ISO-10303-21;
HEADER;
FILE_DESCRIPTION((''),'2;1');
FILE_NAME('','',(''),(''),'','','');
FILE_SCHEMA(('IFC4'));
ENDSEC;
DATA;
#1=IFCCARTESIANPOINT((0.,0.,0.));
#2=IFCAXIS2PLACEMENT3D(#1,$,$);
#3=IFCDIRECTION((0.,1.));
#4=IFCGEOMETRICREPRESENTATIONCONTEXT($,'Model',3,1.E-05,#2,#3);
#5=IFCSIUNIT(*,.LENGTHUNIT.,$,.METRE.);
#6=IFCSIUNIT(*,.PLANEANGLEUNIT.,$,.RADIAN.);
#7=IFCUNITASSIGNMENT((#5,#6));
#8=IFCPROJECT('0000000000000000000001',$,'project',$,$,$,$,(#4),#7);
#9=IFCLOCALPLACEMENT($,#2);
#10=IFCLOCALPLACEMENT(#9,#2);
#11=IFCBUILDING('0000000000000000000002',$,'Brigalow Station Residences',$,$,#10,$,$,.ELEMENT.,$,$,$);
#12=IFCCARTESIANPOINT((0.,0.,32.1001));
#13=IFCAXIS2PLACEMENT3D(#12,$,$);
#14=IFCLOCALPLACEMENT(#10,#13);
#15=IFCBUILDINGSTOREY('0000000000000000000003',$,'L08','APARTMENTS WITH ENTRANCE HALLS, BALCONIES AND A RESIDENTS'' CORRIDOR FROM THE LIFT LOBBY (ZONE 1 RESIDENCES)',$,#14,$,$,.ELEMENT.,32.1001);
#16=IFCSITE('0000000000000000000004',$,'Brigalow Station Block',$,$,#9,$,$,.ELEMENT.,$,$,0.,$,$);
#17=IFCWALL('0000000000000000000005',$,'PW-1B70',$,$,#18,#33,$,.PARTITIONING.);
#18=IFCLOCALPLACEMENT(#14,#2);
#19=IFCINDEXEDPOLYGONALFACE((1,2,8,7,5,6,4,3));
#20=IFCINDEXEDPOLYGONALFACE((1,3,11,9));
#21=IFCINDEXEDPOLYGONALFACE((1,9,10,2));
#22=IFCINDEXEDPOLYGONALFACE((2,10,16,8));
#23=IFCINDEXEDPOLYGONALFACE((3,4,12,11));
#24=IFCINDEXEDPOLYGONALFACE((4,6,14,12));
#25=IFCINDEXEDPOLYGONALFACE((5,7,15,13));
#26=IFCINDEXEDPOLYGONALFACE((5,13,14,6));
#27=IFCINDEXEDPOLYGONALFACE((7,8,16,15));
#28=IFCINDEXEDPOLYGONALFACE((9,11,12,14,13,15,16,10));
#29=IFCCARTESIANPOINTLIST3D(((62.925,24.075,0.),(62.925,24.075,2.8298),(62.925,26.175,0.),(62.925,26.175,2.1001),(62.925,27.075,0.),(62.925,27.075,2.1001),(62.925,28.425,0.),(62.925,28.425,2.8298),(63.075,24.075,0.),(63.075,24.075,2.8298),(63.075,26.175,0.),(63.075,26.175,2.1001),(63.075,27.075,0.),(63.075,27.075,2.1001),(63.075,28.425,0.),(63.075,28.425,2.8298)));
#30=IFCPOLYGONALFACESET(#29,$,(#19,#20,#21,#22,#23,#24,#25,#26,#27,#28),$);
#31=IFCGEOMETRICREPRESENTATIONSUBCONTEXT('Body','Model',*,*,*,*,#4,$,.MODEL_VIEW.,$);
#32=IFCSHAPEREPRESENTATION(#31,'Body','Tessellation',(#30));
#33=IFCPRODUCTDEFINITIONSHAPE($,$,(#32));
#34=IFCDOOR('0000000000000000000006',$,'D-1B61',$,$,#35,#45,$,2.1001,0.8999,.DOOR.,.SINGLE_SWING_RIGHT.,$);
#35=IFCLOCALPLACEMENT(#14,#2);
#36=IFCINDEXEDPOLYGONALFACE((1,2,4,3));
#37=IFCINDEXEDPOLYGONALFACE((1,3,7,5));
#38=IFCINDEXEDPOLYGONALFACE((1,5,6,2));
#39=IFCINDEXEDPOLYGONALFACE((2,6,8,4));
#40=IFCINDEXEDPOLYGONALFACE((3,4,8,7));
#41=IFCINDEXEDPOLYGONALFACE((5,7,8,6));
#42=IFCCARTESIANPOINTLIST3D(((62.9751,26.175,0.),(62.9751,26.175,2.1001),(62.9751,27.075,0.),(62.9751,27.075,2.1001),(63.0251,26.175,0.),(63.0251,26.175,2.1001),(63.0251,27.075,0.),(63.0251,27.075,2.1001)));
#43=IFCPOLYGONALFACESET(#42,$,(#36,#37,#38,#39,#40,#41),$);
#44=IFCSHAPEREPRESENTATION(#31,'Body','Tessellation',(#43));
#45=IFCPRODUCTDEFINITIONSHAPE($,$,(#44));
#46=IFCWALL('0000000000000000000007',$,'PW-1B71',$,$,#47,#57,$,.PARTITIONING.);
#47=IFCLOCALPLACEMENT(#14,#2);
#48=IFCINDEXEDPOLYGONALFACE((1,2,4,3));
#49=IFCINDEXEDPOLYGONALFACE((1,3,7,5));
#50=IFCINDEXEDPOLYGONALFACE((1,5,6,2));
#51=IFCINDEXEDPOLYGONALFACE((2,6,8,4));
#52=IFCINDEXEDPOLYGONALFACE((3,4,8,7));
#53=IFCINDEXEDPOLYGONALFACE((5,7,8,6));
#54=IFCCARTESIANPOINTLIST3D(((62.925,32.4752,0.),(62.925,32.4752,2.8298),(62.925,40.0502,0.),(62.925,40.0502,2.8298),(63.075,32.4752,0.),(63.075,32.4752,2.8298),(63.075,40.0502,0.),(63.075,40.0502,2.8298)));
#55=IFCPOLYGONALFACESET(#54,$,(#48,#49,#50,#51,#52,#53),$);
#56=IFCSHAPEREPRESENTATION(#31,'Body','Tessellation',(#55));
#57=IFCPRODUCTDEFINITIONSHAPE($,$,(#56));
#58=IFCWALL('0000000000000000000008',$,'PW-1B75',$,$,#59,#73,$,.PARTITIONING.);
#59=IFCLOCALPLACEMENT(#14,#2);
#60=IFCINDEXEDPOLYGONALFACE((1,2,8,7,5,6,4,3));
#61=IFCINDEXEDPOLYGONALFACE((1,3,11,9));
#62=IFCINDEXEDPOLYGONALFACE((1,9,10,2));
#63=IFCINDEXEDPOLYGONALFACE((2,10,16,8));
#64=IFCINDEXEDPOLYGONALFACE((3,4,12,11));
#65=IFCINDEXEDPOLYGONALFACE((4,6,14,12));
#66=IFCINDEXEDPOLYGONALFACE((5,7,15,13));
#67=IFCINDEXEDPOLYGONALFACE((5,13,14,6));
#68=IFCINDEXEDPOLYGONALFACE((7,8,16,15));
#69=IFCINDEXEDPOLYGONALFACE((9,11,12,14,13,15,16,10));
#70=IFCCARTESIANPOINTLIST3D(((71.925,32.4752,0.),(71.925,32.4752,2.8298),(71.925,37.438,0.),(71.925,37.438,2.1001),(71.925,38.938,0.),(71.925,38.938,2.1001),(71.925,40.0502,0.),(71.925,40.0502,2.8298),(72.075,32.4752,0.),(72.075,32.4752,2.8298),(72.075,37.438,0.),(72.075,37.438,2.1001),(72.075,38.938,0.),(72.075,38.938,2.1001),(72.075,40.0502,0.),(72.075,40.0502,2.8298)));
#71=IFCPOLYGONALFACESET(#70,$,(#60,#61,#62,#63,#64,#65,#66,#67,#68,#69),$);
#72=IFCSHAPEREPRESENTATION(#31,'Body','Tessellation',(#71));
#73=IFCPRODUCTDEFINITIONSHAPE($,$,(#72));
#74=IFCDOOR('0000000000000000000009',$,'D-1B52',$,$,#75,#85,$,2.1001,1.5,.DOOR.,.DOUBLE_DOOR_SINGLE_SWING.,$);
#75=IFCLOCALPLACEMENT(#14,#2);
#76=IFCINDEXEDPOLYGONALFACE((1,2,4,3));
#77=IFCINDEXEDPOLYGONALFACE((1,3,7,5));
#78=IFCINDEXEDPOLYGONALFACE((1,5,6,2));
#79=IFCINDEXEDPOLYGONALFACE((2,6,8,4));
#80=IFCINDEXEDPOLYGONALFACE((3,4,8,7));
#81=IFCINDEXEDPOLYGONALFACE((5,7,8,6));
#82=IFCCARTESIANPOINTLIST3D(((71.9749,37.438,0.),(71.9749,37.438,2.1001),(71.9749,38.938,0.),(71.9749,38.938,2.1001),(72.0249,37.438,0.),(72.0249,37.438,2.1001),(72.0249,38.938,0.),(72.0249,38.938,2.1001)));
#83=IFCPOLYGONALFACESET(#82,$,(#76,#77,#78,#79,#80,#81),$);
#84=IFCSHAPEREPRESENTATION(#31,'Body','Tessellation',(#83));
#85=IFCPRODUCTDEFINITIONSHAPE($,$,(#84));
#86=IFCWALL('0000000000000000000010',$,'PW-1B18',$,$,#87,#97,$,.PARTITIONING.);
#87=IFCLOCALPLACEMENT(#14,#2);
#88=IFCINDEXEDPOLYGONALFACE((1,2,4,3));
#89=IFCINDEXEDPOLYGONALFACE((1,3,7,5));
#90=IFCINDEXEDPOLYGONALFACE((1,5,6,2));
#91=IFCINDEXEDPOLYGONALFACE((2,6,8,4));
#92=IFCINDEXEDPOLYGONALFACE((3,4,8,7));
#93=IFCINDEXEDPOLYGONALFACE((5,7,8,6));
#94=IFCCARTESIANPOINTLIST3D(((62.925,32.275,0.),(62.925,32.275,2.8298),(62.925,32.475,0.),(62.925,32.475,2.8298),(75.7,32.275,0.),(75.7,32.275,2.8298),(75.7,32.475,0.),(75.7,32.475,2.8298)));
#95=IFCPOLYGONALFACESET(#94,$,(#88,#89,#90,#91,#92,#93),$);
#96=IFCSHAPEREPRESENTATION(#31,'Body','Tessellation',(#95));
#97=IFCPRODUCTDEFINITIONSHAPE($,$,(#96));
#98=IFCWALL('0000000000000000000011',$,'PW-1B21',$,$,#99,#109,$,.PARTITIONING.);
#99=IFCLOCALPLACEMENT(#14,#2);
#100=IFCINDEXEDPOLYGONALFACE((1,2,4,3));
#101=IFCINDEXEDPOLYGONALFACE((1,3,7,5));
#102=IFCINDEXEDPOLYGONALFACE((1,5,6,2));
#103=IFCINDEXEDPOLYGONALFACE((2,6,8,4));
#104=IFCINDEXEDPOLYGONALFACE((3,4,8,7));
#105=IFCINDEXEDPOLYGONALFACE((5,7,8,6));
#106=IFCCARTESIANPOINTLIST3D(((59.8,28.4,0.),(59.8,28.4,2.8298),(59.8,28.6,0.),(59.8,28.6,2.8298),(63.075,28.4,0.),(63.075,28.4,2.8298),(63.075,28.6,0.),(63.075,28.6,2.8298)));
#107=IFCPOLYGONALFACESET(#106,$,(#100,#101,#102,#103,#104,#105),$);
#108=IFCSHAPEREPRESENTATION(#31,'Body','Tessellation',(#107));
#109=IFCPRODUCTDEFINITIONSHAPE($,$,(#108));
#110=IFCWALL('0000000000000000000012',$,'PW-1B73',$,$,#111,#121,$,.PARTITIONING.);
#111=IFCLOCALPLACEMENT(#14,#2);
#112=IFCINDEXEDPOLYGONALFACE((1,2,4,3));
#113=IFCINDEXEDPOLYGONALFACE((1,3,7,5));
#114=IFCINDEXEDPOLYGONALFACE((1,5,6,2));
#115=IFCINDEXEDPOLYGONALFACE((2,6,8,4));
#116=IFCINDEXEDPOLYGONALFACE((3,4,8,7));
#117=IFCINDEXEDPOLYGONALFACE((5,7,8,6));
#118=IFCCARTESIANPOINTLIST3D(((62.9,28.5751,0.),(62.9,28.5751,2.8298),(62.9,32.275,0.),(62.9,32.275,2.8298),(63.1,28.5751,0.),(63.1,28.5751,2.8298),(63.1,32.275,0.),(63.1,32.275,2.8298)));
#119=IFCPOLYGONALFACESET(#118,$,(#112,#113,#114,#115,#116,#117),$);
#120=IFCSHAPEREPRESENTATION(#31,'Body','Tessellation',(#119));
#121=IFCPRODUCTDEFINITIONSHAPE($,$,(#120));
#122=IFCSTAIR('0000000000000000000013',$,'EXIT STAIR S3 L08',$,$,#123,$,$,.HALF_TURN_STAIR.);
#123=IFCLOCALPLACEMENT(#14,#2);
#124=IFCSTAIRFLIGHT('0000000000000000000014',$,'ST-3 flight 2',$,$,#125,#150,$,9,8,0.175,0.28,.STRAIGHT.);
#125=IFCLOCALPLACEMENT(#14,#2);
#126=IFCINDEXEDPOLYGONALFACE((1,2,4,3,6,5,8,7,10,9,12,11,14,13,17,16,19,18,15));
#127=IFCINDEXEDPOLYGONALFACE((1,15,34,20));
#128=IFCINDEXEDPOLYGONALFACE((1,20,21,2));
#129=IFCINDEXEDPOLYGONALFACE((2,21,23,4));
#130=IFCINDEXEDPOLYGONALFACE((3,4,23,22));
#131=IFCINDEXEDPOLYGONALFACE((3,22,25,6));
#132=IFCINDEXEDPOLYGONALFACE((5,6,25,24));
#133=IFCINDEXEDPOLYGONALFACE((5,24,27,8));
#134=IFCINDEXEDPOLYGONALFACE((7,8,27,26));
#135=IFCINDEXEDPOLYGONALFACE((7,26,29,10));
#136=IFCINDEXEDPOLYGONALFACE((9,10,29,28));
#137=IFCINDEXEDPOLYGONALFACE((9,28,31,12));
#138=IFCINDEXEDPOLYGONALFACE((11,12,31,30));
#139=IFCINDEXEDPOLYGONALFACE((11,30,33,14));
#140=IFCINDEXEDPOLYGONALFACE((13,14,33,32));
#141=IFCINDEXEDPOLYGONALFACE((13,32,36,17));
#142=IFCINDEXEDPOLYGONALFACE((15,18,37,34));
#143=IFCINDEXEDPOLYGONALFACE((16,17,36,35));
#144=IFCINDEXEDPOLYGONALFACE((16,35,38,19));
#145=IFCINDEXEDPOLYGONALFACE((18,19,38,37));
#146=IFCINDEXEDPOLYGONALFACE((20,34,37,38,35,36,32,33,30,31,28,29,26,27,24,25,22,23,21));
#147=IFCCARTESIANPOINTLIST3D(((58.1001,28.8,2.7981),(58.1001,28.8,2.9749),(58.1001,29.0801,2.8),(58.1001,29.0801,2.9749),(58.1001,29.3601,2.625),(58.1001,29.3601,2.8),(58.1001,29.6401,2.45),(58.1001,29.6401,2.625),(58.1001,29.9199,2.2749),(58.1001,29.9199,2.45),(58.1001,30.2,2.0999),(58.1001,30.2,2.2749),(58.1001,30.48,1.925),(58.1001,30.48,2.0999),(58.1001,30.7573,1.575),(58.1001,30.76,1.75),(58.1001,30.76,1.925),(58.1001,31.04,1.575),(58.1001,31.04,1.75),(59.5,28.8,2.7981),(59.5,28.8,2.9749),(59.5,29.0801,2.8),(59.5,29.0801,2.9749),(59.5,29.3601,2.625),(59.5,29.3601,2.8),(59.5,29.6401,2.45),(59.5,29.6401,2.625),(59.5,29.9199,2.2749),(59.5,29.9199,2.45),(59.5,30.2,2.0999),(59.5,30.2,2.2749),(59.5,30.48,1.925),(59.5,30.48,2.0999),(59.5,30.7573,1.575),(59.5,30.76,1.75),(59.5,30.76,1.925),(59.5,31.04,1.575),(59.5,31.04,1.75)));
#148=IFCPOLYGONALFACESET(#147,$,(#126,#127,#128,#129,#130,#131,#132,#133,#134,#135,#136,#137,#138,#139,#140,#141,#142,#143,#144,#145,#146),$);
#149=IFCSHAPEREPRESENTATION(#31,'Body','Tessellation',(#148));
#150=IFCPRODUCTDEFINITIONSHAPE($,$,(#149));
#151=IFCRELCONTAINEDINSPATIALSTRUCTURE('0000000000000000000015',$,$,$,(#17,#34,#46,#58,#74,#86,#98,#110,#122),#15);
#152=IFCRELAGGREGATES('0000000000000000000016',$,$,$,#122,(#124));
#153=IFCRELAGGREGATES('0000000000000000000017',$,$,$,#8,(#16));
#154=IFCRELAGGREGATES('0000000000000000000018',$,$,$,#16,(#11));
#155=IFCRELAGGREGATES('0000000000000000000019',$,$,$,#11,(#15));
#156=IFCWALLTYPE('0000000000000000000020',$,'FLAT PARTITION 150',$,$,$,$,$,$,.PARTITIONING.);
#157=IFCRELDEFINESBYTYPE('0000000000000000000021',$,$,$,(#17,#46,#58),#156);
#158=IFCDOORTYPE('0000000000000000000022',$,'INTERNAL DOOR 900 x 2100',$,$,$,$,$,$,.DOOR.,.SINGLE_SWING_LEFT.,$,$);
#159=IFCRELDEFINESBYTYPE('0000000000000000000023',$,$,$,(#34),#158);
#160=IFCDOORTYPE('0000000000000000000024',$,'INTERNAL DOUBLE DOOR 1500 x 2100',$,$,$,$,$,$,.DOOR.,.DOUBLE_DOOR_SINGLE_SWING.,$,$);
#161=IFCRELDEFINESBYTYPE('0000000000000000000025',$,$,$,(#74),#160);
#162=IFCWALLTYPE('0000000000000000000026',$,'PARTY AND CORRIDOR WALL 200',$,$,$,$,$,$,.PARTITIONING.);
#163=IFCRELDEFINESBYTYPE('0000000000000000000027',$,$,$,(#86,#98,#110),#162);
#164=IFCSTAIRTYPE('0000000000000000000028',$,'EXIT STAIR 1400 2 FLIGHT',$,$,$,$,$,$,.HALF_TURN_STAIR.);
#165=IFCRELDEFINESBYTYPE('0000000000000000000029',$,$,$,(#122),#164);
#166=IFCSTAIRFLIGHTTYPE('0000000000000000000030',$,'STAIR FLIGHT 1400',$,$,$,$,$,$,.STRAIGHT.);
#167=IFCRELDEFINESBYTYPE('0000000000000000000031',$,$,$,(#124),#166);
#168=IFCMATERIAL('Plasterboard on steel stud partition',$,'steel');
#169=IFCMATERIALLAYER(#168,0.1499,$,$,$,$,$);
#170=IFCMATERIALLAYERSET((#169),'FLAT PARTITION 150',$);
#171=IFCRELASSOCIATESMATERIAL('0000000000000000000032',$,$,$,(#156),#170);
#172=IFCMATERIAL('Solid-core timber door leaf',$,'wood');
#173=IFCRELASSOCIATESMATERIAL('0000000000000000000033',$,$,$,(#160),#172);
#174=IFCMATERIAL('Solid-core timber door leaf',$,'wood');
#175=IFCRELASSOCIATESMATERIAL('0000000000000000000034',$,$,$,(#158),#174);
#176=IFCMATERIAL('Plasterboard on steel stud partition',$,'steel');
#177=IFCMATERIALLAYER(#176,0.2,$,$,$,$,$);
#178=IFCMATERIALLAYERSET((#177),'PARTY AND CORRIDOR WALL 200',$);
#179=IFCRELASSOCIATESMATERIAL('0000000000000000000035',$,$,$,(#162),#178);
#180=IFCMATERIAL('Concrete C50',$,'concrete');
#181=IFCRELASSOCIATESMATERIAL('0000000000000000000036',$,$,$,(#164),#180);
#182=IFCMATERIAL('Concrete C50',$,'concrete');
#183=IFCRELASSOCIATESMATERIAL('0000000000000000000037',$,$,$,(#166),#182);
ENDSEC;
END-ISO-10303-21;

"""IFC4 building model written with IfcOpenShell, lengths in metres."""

from ifc_helpers import new_model, si_unit, direction, frame, frame_2d, origin, place, context, subcontext, project, spatial, polyline, rectangle, outline, extrude, material, layer, layer_set, type_object, element, fill, aggregate, save


model = new_model("IFC4")

# Units and contexts
model_context = context("Model", 3, precision=1e-05, world=origin(), true_north=direction((0.0, 1.0)))
body_context = subcontext(model_context, "Body", "Model", "MODEL_VIEW")
ifc_project = project(units=[si_unit("LENGTHUNIT", "METRE"), si_unit("PLANEANGLEUNIT", "RADIAN")], contexts=[model_context])

# Site, building, storey
site_placement = place(None, origin())
site = spatial("IfcSite", under=ifc_project, at=site_placement, Name="Brigalow Station Block", CompositionType="ELEMENT", RefElevation=0.0)
building_placement = place(site_placement, origin())
building = spatial("IfcBuilding", under=site, at=building_placement, Name="Brigalow Station Residences", CompositionType="ELEMENT")
storey_placement = place(building_placement, frame((0.0, 0.0, 32.1001)))
storey = spatial("IfcBuildingStorey", under=building, at=storey_placement, Name="L08", Description="APARTMENTS WITH ENTRANCE HALLS, BALCONIES AND A RESIDENTS' CORRIDOR FROM THE LIFT LOBBY (ZONE 1 RESIDENCES)", CompositionType="ELEMENT", Elevation=32.1001)

# Wall, opening, door
ifc_material_1 = material(Name="Plasterboard on steel stud partition", Category="steel")
ifc_layer_1 = layer(ifc_material_1, 0.1499)
ifc_layer_set_1 = layer_set([ifc_layer_1], Name="FLAT PARTITION 150")
wall_type_1 = type_object("IfcWallType", Name="FLAT PARTITION 150", PredefinedType="PARTITIONING", material=ifc_layer_set_1)
ifc_material_2 = material(Name="Solid-core timber door leaf", Category="wood")
door_type_1 = type_object("IfcDoorType", Name="INTERNAL DOUBLE DOOR 1500 x 2100", OperationType="DOUBLE_DOOR_SINGLE_SWING", PredefinedType="DOOR", material=ifc_material_2)
ifc_material_3 = material(Name="Solid-core timber door leaf", Category="wood")
door_type_2 = type_object("IfcDoorType", Name="INTERNAL DOOR 900 x 2100", OperationType="SINGLE_SWING_LEFT", PredefinedType="DOOR", material=ifc_material_3)
wall_1_placement = place(storey_placement, frame((63.0, 24.075, 0.0), z_axis=(0.0, 0.0, 1.0), x_axis=(0.0, 1.0, 0.0)))
wall_1 = element("IfcWall", 1, at=wall_1_placement, inside=storey, type_object=wall_type_1, Name="PW-1B70", PredefinedType="PARTITIONING", context=body_context, shape_type="SweptSolid", body=[
    extrude(rectangle(XDim=4.3501, YDim=0.1499, at=frame_2d((2.175, 0.0))), origin(), (0.0, 0.0, 1.0), 2.8298),
])
opening_1_placement = place(wall_1_placement, frame((2.1001, 0.0, 0.0)))
opening_1 = element("IfcOpeningElement", 2, at=opening_1_placement, cuts=wall_1, PredefinedType="OPENING", context=body_context, shape_type="SweptSolid", body=[
    extrude(rectangle(XDim=0.8999, YDim=2.1001, at=frame_2d((0.45, 1.05))), frame((0.0, 0.085, 0.0), z_axis=(0.0, -1.0, 0.0), x_axis=(1.0, 0.0, 0.0)), (0.0, 0.0, 1.0), 0.1699),
])
door_1_placement = place(opening_1_placement, origin())
door_1 = element("IfcDoor", 3, at=door_1_placement, inside=storey, type_object=door_type_2, Name="D-1B61", OperationType="SINGLE_SWING_RIGHT", OverallHeight=2.1001, OverallWidth=0.8999, PredefinedType="DOOR", context=body_context, shape_type="SweptSolid", body=[
    extrude(rectangle(XDim=0.8999, YDim=2.1001, at=frame_2d((0.45, 1.05))), frame((0.0, 0.0249, 0.0), z_axis=(0.0, -1.0, 0.0), x_axis=(1.0, 0.0, 0.0)), (0.0, 0.0, 1.0), 0.05),
])
fill(opening_1, door_1)

# Wall
wall_2_placement = place(storey_placement, frame((63.0, 32.4751, 0.0), z_axis=(0.0, 0.0, 1.0), x_axis=(0.0, 1.0, 0.0)))
element("IfcWall", 4, at=wall_2_placement, inside=storey, type_object=wall_type_1, Name="PW-1B71", PredefinedType="PARTITIONING", context=body_context, shape_type="SweptSolid", body=[
    extrude(rectangle(XDim=7.575, YDim=0.1499, at=frame_2d((3.7876, 0.0))), origin(), (0.0, 0.0, 1.0), 2.8298),
])

# Wall, opening, door
wall_3_placement = place(storey_placement, frame((72.0, 32.4751, 0.0), z_axis=(0.0, 0.0, 1.0), x_axis=(0.0, 1.0, 0.0)))
wall_3 = element("IfcWall", 5, at=wall_3_placement, inside=storey, type_object=wall_type_1, Name="PW-1B75", PredefinedType="PARTITIONING", context=body_context, shape_type="SweptSolid", body=[
    extrude(rectangle(XDim=7.575, YDim=0.1499, at=frame_2d((3.7876, 0.0))), origin(), (0.0, 0.0, 1.0), 2.8298),
])
opening_2_placement = place(wall_3_placement, frame((4.9629, 0.0, 0.0)))
opening_2 = element("IfcOpeningElement", 6, at=opening_2_placement, cuts=wall_3, PredefinedType="OPENING", context=body_context, shape_type="SweptSolid", body=[
    extrude(rectangle(XDim=1.5, YDim=2.1001, at=frame_2d((0.75, 1.05))), frame((0.0, 0.085, 0.0), z_axis=(0.0, -1.0, 0.0), x_axis=(1.0, 0.0, 0.0)), (0.0, 0.0, 1.0), 0.1699),
])
door_2_placement = place(opening_2_placement, frame((1.5, 0.0, 0.0), z_axis=(0.0, 0.0, 1.0), x_axis=(-1.0, 0.0, 0.0)))
door_2 = element("IfcDoor", 7, at=door_2_placement, inside=storey, type_object=door_type_1, Name="D-1B52", OperationType="DOUBLE_DOOR_SINGLE_SWING", OverallHeight=2.1001, OverallWidth=1.5, PredefinedType="DOOR", context=body_context, shape_type="SweptSolid", body=[
    extrude(rectangle(XDim=1.5, YDim=2.1001, at=frame_2d((0.75, 1.05))), frame((0.0, 0.0249, 0.0), z_axis=(0.0, -1.0, 0.0), x_axis=(1.0, 0.0, 0.0)), (0.0, 0.0, 1.0), 0.05),
])
fill(opening_2, door_2)

# Walls
ifc_material_4 = material(Name="Plasterboard on steel stud partition", Category="steel")
ifc_layer_2 = layer(ifc_material_4, 0.2)
ifc_layer_set_2 = layer_set([ifc_layer_2], Name="PARTY AND CORRIDOR WALL 200")
wall_type_2 = type_object("IfcWallType", Name="PARTY AND CORRIDOR WALL 200", PredefinedType="PARTITIONING", material=ifc_layer_set_2)
wall_4_placement = place(storey_placement, frame((62.925, 32.375, 0.0), z_axis=(0.0, 0.0, 1.0), x_axis=(1.0, 0.0, 0.0)))
element("IfcWall", 8, at=wall_4_placement, inside=storey, type_object=wall_type_2, Name="PW-1B18", PredefinedType="PARTITIONING", context=body_context, shape_type="SweptSolid", body=[
    extrude(rectangle(XDim=12.7749, YDim=0.2, at=frame_2d((6.3875, 0.0))), origin(), (0.0, 0.0, 1.0), 2.8298),
])
wall_5_placement = place(storey_placement, frame((59.8, 28.5, 0.0), z_axis=(0.0, 0.0, 1.0), x_axis=(1.0, 0.0, 0.0)))
element("IfcWall", 9, at=wall_5_placement, inside=storey, type_object=wall_type_2, Name="PW-1B21", PredefinedType="PARTITIONING", context=body_context, shape_type="SweptSolid", body=[
    extrude(rectangle(XDim=3.2749, YDim=0.2, at=frame_2d((1.6375, 0.0))), origin(), (0.0, 0.0, 1.0), 2.8298),
])
wall_6_placement = place(storey_placement, frame((63.0, 28.575, 0.0), z_axis=(0.0, 0.0, 1.0), x_axis=(0.0, 1.0, 0.0)))
element("IfcWall", 10, at=wall_6_placement, inside=storey, type_object=wall_type_2, Name="PW-1B73", PredefinedType="PARTITIONING", context=body_context, shape_type="SweptSolid", body=[
    extrude(rectangle(XDim=3.7, YDim=0.2, at=frame_2d((1.8501, 0.0))), origin(), (0.0, 0.0, 1.0), 2.8298),
])

# Stair, stair flight
ifc_material_5 = material(Name="Concrete C50", Category="concrete")
stair_type = type_object("IfcStairType", Name="EXIT STAIR 1400 2 FLIGHT", PredefinedType="HALF_TURN_STAIR", material=ifc_material_5)
stair_placement = place(storey_placement, origin())
stair = element("IfcStair", 11, at=stair_placement, inside=storey, type_object=stair_type, Name="EXIT STAIR S3 L08", PredefinedType="HALF_TURN_STAIR")
ifc_material_6 = material(Name="Concrete C50", Category="concrete")
stair_flight_type = type_object("IfcStairFlightType", Name="STAIR FLIGHT 1400", PredefinedType="STRAIGHT", material=ifc_material_6)
stair_flight_placement = place(storey_placement, frame((58.8, 31.04, 1.575), z_axis=(0.0, 0.0, 1.0), x_axis=(0.0, -1.0, 0.0)))
stair_flight = element("IfcStairFlight", 12, at=stair_flight_placement, type_object=stair_flight_type, Name="ST-3 flight 2", NumberOfRisers=9, NumberOfTreads=8, PredefinedType="STRAIGHT", RiserHeight=0.175, TreadLength=0.28, context=body_context, shape_type="SweptSolid", body=[
    extrude(outline(polyline([(0.0, 0.0), (0.0, 0.175), (0.28, 0.175), (0.28, 0.3501), (0.5601, 0.3501), (0.5601, 0.5249), (0.8401, 0.5249), (0.8401, 0.7), (1.1201, 0.7), (1.1201, 0.875), (1.3999, 0.875), (1.3999, 1.05), (1.6799, 1.05), (1.6799, 1.2251), (1.96, 1.2251), (1.96, 1.3999), (2.24, 1.3999), (2.24, 1.575), (2.24, 1.2231), (0.2827, 0.0), (0.0, 0.0)])), frame((0.0, 0.7, 0.0), z_axis=(0.0, -1.0, 0.0), x_axis=(1.0, 0.0, 0.0)), (0.0, 0.0, 1.0), 1.3999),
])
aggregate(stair, [stair_flight])

save(model, "model.ifc")
